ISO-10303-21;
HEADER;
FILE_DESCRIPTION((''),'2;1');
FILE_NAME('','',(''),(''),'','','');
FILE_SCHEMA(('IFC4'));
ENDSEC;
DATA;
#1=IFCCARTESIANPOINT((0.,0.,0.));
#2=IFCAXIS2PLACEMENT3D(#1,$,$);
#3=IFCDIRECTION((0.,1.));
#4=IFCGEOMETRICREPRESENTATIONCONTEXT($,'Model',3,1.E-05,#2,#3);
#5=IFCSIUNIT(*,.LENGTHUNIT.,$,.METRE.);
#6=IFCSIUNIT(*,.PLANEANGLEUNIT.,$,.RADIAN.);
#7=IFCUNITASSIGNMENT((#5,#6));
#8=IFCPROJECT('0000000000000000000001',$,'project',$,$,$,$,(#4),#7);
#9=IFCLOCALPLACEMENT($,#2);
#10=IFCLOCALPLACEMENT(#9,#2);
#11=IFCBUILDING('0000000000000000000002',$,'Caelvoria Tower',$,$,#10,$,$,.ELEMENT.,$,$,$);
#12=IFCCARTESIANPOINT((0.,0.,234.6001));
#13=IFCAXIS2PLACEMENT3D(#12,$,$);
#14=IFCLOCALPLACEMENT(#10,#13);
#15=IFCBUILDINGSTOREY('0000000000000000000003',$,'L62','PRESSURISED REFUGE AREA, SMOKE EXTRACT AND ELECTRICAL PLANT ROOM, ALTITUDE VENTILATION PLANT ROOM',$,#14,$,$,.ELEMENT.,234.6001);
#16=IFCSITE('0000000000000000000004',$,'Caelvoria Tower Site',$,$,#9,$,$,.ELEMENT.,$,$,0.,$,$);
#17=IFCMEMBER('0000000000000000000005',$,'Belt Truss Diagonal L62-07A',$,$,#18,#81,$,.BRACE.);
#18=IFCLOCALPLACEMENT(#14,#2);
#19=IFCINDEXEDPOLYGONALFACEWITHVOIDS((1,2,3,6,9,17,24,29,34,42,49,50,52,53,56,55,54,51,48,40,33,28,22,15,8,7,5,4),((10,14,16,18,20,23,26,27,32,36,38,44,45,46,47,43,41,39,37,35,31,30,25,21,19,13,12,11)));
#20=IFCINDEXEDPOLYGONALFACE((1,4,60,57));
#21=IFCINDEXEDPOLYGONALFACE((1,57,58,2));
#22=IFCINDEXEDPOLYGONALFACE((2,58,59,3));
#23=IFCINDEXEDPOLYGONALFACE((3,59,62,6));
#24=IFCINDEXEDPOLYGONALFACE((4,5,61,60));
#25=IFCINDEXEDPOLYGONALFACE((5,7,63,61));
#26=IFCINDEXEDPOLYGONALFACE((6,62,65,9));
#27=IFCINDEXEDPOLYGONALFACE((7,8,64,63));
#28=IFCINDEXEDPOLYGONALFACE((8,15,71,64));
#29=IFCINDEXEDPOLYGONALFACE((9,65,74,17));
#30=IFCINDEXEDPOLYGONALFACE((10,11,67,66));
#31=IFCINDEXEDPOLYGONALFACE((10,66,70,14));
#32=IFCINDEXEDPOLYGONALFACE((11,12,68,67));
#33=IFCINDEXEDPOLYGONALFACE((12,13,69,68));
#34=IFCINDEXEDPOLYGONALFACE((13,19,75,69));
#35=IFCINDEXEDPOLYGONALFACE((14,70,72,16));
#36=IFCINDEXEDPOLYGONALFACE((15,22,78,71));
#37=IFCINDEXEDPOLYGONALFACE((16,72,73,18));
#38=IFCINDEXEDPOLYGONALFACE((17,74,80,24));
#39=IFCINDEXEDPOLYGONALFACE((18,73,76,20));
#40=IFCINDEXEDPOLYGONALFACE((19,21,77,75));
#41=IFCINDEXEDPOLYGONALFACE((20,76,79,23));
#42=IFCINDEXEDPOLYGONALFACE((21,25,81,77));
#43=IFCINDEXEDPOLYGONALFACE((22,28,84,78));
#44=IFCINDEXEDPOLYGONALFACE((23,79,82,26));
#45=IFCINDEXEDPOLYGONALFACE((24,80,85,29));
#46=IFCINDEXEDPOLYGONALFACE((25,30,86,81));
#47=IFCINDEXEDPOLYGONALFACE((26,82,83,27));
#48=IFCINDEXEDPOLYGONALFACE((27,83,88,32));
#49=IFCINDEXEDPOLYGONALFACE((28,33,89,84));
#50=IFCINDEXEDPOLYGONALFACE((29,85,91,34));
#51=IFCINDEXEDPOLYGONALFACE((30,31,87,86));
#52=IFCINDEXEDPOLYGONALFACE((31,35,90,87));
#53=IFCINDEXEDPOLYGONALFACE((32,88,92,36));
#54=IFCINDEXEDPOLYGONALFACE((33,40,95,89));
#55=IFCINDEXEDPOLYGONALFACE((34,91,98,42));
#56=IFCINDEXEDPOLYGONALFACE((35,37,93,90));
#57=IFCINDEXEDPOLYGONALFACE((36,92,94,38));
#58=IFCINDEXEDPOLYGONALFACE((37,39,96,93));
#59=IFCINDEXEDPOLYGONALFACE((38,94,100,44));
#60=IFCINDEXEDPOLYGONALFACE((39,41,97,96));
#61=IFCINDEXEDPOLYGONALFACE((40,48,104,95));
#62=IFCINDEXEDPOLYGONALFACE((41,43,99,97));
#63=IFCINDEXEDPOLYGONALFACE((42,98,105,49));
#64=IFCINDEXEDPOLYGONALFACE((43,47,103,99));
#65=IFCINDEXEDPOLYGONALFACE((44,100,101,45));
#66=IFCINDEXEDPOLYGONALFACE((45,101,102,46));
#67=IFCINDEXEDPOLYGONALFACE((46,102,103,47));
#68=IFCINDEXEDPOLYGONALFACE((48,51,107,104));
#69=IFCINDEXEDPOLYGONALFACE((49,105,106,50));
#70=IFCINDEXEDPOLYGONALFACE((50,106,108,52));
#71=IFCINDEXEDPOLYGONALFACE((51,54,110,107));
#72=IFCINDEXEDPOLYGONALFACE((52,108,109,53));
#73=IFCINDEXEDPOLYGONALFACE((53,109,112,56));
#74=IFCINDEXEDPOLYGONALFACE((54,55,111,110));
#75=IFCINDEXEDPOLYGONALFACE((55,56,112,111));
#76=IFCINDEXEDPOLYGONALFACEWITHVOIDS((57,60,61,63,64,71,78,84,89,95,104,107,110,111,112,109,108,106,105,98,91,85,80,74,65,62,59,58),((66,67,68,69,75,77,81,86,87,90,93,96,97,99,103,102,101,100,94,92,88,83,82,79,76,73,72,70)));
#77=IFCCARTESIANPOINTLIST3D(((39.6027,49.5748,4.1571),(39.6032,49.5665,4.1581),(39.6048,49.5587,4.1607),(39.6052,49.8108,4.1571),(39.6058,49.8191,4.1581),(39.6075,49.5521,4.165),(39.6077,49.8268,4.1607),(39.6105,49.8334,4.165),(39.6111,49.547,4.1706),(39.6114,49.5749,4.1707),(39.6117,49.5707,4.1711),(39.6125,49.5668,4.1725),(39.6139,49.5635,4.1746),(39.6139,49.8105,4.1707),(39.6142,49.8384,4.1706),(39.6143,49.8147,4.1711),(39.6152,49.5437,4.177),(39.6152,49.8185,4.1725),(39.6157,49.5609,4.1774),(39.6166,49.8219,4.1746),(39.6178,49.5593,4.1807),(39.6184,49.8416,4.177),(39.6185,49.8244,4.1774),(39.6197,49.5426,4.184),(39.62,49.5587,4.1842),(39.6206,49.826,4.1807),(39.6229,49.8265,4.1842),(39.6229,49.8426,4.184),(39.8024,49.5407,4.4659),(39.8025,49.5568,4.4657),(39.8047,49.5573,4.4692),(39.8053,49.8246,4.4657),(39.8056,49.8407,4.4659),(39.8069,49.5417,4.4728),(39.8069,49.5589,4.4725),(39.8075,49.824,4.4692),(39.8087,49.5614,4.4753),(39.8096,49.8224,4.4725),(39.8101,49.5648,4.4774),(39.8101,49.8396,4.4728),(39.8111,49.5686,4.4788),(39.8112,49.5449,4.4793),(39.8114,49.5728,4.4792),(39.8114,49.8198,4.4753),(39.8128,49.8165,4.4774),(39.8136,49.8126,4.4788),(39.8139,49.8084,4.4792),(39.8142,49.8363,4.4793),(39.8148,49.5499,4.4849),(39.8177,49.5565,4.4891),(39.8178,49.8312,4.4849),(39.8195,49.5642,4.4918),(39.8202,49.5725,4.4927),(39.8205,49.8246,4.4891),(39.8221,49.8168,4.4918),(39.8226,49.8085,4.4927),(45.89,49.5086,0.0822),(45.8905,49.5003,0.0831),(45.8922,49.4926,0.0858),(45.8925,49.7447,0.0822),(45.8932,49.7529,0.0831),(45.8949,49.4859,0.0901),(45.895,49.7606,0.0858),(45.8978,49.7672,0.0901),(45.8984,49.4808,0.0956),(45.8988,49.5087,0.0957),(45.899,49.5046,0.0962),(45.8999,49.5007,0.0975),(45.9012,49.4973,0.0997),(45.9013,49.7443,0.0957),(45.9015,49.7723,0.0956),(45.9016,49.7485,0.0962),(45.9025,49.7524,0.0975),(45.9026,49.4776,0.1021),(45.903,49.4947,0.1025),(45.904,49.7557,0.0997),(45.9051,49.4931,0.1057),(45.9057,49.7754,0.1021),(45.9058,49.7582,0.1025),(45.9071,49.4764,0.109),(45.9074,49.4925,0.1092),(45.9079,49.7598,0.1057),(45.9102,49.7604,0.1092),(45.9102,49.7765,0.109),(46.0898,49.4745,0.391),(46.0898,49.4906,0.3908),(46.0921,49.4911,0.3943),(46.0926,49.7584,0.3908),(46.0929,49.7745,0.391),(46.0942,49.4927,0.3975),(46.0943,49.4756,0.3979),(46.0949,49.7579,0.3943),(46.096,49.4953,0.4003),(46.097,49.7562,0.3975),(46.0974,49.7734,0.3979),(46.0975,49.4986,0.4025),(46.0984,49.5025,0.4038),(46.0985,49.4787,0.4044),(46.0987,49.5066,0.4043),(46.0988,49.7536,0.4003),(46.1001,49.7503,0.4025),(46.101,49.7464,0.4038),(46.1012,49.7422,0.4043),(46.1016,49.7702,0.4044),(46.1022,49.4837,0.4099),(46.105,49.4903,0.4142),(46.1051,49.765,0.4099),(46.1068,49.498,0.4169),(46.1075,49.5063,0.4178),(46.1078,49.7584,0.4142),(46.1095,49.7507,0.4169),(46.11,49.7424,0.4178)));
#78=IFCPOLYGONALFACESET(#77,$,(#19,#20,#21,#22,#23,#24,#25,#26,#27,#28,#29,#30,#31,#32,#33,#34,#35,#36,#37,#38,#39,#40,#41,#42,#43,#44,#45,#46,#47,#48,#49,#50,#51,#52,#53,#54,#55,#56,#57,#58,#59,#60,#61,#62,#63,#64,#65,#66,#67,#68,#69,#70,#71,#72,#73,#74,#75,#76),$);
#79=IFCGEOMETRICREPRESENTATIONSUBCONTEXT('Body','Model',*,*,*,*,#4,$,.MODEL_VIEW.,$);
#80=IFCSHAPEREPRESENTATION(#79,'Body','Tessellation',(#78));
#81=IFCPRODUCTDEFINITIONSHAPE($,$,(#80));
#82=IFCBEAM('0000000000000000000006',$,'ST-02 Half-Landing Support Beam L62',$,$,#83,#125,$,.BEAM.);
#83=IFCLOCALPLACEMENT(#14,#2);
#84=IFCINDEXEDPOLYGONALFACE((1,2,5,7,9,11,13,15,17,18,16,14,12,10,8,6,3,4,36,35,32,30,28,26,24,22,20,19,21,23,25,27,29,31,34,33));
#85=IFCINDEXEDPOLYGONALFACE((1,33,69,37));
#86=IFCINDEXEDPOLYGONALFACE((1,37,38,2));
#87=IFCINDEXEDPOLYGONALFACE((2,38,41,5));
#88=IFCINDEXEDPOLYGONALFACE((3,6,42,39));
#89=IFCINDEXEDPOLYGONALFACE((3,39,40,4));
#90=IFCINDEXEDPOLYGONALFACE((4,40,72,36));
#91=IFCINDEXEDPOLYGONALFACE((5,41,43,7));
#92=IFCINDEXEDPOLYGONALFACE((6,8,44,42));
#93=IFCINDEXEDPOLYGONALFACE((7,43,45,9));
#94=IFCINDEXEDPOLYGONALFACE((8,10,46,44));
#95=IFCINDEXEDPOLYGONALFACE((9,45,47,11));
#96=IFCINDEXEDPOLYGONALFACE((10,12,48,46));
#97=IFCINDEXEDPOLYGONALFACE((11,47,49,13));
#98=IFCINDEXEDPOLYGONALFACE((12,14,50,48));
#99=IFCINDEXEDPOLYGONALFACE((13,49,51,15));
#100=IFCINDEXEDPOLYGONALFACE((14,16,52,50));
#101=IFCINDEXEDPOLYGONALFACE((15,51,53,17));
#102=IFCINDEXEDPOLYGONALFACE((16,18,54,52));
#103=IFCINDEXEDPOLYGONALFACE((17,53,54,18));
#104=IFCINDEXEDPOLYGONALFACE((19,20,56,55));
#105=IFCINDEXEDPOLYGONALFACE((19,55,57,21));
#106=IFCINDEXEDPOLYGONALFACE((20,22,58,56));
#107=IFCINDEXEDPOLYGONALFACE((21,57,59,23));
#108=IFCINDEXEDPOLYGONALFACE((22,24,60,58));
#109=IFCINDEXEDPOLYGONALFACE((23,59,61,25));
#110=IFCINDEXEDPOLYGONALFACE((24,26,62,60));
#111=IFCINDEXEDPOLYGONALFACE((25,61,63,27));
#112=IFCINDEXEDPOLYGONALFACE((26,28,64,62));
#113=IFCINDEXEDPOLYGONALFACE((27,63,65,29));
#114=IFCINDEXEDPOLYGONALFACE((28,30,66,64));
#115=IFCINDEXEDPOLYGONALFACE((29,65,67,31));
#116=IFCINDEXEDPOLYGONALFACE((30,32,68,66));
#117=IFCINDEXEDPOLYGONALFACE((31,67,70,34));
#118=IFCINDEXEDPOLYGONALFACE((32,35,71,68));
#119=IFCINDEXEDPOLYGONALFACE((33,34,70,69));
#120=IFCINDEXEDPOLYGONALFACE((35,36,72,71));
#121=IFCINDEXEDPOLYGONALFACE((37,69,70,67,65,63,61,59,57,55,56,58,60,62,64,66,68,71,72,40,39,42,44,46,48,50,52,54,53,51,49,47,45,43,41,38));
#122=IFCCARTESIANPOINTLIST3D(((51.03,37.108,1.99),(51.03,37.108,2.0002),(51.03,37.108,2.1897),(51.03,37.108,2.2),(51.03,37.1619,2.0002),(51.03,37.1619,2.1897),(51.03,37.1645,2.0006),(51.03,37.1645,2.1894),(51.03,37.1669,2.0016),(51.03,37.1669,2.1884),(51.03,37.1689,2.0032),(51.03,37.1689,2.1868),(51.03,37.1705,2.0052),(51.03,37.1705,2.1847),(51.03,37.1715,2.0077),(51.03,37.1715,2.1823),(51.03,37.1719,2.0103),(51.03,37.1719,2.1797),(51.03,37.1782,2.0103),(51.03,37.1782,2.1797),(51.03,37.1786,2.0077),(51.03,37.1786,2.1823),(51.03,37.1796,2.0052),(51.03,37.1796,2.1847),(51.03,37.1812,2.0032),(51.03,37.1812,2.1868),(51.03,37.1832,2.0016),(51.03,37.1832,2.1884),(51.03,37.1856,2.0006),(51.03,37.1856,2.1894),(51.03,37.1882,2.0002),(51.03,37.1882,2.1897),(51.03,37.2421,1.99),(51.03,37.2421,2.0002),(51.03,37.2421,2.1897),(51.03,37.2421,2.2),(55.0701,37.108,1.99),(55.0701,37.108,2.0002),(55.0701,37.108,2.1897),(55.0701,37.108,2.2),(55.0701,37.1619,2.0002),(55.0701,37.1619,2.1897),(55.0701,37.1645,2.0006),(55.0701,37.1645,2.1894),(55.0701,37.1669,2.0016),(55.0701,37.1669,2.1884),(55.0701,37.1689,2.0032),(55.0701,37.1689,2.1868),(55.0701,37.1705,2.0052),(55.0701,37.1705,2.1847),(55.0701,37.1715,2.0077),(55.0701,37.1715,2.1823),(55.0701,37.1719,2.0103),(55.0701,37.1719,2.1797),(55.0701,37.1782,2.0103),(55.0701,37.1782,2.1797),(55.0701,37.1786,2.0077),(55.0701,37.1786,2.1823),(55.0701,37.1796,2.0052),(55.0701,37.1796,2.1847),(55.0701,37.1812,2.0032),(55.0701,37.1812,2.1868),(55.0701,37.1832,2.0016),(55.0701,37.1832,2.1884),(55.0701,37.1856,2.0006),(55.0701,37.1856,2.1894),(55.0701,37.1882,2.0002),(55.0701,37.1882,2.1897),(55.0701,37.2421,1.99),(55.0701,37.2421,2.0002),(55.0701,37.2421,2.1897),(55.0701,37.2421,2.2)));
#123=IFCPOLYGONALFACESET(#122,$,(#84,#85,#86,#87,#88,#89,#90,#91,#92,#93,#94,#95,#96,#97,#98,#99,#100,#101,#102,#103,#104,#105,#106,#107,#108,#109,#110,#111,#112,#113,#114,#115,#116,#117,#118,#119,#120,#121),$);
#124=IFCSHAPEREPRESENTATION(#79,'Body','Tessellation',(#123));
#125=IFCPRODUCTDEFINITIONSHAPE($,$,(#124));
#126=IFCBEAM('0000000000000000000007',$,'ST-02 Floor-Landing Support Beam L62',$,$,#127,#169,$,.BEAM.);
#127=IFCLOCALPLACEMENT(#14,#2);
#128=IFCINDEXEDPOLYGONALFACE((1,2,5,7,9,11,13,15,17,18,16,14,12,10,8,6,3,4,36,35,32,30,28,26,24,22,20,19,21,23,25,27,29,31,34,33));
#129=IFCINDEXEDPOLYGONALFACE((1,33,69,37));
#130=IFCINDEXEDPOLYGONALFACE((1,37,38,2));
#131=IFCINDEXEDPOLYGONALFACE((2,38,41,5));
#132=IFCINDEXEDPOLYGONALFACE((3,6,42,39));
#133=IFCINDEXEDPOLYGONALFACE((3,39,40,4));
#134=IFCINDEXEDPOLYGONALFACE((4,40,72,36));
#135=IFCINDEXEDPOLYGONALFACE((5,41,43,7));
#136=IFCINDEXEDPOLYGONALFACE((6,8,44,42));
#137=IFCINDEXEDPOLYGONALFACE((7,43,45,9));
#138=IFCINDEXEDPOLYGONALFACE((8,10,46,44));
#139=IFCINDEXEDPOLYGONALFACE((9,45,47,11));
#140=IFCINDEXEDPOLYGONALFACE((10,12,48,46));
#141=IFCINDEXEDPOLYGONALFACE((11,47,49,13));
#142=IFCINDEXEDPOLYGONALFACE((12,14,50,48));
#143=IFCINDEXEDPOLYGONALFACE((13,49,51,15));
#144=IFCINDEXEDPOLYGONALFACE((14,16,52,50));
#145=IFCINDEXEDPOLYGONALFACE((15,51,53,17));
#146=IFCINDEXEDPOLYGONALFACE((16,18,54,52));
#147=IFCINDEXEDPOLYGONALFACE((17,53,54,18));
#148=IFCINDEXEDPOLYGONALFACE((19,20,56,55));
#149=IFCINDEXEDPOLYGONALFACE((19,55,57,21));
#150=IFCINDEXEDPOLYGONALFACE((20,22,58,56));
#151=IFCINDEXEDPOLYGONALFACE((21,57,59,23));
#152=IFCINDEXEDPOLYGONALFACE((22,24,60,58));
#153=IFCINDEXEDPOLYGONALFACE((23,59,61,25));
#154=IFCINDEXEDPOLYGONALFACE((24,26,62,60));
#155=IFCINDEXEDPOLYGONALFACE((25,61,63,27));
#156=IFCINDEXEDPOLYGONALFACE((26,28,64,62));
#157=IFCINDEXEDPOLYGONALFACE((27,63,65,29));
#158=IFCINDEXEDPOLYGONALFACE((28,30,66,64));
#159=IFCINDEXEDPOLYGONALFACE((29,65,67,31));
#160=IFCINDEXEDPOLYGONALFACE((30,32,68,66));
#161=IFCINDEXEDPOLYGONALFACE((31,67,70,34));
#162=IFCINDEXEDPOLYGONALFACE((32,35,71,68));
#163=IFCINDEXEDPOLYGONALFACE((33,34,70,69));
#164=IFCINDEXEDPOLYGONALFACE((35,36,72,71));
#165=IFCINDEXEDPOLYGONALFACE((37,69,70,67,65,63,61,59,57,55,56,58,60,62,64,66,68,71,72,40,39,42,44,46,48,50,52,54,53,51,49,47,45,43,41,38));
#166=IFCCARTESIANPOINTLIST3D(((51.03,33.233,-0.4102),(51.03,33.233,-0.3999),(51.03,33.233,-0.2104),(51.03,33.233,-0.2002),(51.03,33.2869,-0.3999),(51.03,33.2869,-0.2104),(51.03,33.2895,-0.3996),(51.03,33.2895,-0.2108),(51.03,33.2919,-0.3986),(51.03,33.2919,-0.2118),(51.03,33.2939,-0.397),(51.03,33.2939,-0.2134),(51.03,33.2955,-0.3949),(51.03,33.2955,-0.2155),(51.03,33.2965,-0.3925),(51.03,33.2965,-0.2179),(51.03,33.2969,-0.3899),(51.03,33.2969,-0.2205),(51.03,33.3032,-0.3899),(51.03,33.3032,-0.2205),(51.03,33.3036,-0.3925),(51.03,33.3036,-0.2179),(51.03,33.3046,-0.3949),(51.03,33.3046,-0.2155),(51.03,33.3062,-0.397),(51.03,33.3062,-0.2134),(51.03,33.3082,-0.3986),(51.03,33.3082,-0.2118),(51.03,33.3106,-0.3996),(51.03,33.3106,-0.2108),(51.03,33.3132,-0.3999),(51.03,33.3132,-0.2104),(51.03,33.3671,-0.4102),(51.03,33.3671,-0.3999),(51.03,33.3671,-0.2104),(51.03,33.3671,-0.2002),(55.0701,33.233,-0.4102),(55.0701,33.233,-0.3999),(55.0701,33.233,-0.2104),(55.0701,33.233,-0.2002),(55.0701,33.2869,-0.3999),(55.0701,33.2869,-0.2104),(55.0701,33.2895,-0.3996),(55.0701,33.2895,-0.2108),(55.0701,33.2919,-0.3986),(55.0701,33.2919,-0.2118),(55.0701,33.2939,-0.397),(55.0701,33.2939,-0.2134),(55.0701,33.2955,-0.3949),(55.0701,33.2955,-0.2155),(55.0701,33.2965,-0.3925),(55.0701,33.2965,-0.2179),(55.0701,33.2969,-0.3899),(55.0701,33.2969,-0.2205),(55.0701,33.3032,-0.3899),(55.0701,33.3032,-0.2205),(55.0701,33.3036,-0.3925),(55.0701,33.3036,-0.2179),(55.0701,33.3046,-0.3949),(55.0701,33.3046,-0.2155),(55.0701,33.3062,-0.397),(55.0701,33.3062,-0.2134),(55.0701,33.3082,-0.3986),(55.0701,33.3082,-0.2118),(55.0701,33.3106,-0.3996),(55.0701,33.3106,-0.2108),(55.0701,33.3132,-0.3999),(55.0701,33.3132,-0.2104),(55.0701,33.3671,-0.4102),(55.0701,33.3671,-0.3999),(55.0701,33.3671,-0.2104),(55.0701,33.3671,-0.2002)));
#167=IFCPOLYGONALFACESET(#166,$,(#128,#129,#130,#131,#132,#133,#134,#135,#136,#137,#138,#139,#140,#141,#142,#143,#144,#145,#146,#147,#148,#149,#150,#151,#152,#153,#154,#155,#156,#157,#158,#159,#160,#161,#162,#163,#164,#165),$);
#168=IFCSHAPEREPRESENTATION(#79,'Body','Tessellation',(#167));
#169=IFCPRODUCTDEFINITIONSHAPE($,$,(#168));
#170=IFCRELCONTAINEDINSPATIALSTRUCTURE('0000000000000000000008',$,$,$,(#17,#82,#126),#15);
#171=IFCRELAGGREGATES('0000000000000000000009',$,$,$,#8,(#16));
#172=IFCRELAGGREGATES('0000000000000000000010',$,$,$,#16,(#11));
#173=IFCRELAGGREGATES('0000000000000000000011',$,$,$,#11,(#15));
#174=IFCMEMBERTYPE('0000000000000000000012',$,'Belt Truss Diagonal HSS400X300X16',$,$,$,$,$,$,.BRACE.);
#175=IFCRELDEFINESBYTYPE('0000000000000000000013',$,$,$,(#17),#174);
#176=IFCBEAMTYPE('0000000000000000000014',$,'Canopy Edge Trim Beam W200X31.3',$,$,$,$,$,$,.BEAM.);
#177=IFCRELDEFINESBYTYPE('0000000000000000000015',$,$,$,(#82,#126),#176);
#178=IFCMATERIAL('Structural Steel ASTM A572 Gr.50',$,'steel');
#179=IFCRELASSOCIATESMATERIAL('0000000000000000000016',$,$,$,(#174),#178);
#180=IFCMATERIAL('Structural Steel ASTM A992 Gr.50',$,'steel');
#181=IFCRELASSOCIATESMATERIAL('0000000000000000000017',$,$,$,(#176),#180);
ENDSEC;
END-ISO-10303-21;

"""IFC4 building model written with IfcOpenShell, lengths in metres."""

from ifc_helpers import new_model, si_unit, direction, frame, origin, origin_2d, place, context, subcontext, project, spatial, hollow_rectangle, i_section, extrude, material, material_profile, profile_set, type_object, element, save


model = new_model("IFC4")

# Units and contexts
model_context = context("Model", 3, precision=1e-05, world=origin(), true_north=direction((0.0, 1.0)))
body_context = subcontext(model_context, "Body", "Model", "MODEL_VIEW")
ifc_project = project(units=[si_unit("LENGTHUNIT", "METRE"), si_unit("PLANEANGLEUNIT", "RADIAN")], contexts=[model_context])

# Site, building, storey
site_placement = place(None, origin())
site = spatial("IfcSite", under=ifc_project, at=site_placement, Name="Caelvoria Tower Site", CompositionType="ELEMENT", RefElevation=0.0)
building_placement = place(site_placement, origin())
building = spatial("IfcBuilding", under=site, at=building_placement, Name="Caelvoria Tower", CompositionType="ELEMENT")
storey_placement = place(building_placement, frame((0.0, 0.0, 234.6001)))
storey = spatial("IfcBuildingStorey", under=building, at=storey_placement, Name="L62", Description="PRESSURISED REFUGE AREA, SMOKE EXTRACT AND ELECTRICAL PLANT ROOM, ALTITUDE VENTILATION PLANT ROOM", CompositionType="ELEMENT", Elevation=234.6001)

# Shared definitions
ifc_material_1 = material(Name="Structural Steel ASTM A992 Gr.50", Category="steel")

# Member
ifc_material_2 = material(Name="Structural Steel ASTM A572 Gr.50", Category="steel")
ifc_material_profile_1 = material_profile(ifc_material_2, hollow_rectangle(XDim=0.3, YDim=0.3999, WallThickness=0.0161, InnerFilletRadius=0.0161, OuterFilletRadius=0.032, at=origin_2d()), Name="Structural Steel ASTM A572 Gr.50")
ifc_profile_set_1 = profile_set([ifc_material_profile_1], Name="HSS400X300X16 - Structural Steel ASTM A572 Gr.50")
member_type_1 = type_object("IfcMemberType", Name="Belt Truss Diagonal HSS400X300X16", PredefinedType="BRACE", material=ifc_profile_set_1)
for number, where, z_axis, x_axis, name in (
    (1, (46.0, 49.6255, 0.25), (-0.839132, 0.00883, 0.543857), (-0.010522, -0.999945, 0.0), "Belt Truss Diagonal L62-07A"),
):
    element("IfcMember", number, at=place(storey_placement, frame(where, z_axis=z_axis, x_axis=x_axis)), inside=storey, type_object=member_type_1, Name=name, PredefinedType="BRACE", context=body_context, shape_type="SweptSolid", body=[
        extrude(hollow_rectangle(XDim=0.3, YDim=0.3999, WallThickness=0.0161, InnerFilletRadius=0.0161, OuterFilletRadius=0.032, at=origin_2d()), origin(), (0.0, 0.0, 1.0), 7.4927),
    ])

# Beams
ifc_material_profile_2 = material_profile(ifc_material_1, i_section(OverallWidth=0.134, OverallDepth=0.21, WebThickness=0.0063, FlangeThickness=0.0103, FilletRadius=0.01, at=origin_2d()), Name="Structural Steel ASTM A992 Gr.50")
ifc_profile_set_2 = profile_set([ifc_material_profile_2], Name="W200X31.3 - Structural Steel ASTM A992 Gr.50")
beam_type_1 = type_object("IfcBeamType", Name="Canopy Edge Trim Beam W200X31.3", PredefinedType="BEAM", material=ifc_profile_set_2)
for number, where, z_axis, x_axis, name in (
    (2, (51.03, 37.175, 2.095), (1.0, 0.0, 0.0), (0.0, 1.0, 0.0), "ST-02 Half-Landing Support Beam L62"),
    (3, (51.03, 33.3, -0.3052), (1.0, 0.0, 0.0), (0.0, 1.0, 0.0), "ST-02 Floor-Landing Support Beam L62"),
):
    element("IfcBeam", number, at=place(storey_placement, frame(where, z_axis=z_axis, x_axis=x_axis)), inside=storey, type_object=beam_type_1, Name=name, PredefinedType="BEAM", context=body_context, shape_type="SweptSolid", body=[
        extrude(i_section(OverallWidth=0.134, OverallDepth=0.21, WebThickness=0.0063, FlangeThickness=0.0103, FilletRadius=0.01, at=origin_2d()), origin(), (0.0, 0.0, 1.0), 4.04),
    ])

save(model, "model.ifc")
